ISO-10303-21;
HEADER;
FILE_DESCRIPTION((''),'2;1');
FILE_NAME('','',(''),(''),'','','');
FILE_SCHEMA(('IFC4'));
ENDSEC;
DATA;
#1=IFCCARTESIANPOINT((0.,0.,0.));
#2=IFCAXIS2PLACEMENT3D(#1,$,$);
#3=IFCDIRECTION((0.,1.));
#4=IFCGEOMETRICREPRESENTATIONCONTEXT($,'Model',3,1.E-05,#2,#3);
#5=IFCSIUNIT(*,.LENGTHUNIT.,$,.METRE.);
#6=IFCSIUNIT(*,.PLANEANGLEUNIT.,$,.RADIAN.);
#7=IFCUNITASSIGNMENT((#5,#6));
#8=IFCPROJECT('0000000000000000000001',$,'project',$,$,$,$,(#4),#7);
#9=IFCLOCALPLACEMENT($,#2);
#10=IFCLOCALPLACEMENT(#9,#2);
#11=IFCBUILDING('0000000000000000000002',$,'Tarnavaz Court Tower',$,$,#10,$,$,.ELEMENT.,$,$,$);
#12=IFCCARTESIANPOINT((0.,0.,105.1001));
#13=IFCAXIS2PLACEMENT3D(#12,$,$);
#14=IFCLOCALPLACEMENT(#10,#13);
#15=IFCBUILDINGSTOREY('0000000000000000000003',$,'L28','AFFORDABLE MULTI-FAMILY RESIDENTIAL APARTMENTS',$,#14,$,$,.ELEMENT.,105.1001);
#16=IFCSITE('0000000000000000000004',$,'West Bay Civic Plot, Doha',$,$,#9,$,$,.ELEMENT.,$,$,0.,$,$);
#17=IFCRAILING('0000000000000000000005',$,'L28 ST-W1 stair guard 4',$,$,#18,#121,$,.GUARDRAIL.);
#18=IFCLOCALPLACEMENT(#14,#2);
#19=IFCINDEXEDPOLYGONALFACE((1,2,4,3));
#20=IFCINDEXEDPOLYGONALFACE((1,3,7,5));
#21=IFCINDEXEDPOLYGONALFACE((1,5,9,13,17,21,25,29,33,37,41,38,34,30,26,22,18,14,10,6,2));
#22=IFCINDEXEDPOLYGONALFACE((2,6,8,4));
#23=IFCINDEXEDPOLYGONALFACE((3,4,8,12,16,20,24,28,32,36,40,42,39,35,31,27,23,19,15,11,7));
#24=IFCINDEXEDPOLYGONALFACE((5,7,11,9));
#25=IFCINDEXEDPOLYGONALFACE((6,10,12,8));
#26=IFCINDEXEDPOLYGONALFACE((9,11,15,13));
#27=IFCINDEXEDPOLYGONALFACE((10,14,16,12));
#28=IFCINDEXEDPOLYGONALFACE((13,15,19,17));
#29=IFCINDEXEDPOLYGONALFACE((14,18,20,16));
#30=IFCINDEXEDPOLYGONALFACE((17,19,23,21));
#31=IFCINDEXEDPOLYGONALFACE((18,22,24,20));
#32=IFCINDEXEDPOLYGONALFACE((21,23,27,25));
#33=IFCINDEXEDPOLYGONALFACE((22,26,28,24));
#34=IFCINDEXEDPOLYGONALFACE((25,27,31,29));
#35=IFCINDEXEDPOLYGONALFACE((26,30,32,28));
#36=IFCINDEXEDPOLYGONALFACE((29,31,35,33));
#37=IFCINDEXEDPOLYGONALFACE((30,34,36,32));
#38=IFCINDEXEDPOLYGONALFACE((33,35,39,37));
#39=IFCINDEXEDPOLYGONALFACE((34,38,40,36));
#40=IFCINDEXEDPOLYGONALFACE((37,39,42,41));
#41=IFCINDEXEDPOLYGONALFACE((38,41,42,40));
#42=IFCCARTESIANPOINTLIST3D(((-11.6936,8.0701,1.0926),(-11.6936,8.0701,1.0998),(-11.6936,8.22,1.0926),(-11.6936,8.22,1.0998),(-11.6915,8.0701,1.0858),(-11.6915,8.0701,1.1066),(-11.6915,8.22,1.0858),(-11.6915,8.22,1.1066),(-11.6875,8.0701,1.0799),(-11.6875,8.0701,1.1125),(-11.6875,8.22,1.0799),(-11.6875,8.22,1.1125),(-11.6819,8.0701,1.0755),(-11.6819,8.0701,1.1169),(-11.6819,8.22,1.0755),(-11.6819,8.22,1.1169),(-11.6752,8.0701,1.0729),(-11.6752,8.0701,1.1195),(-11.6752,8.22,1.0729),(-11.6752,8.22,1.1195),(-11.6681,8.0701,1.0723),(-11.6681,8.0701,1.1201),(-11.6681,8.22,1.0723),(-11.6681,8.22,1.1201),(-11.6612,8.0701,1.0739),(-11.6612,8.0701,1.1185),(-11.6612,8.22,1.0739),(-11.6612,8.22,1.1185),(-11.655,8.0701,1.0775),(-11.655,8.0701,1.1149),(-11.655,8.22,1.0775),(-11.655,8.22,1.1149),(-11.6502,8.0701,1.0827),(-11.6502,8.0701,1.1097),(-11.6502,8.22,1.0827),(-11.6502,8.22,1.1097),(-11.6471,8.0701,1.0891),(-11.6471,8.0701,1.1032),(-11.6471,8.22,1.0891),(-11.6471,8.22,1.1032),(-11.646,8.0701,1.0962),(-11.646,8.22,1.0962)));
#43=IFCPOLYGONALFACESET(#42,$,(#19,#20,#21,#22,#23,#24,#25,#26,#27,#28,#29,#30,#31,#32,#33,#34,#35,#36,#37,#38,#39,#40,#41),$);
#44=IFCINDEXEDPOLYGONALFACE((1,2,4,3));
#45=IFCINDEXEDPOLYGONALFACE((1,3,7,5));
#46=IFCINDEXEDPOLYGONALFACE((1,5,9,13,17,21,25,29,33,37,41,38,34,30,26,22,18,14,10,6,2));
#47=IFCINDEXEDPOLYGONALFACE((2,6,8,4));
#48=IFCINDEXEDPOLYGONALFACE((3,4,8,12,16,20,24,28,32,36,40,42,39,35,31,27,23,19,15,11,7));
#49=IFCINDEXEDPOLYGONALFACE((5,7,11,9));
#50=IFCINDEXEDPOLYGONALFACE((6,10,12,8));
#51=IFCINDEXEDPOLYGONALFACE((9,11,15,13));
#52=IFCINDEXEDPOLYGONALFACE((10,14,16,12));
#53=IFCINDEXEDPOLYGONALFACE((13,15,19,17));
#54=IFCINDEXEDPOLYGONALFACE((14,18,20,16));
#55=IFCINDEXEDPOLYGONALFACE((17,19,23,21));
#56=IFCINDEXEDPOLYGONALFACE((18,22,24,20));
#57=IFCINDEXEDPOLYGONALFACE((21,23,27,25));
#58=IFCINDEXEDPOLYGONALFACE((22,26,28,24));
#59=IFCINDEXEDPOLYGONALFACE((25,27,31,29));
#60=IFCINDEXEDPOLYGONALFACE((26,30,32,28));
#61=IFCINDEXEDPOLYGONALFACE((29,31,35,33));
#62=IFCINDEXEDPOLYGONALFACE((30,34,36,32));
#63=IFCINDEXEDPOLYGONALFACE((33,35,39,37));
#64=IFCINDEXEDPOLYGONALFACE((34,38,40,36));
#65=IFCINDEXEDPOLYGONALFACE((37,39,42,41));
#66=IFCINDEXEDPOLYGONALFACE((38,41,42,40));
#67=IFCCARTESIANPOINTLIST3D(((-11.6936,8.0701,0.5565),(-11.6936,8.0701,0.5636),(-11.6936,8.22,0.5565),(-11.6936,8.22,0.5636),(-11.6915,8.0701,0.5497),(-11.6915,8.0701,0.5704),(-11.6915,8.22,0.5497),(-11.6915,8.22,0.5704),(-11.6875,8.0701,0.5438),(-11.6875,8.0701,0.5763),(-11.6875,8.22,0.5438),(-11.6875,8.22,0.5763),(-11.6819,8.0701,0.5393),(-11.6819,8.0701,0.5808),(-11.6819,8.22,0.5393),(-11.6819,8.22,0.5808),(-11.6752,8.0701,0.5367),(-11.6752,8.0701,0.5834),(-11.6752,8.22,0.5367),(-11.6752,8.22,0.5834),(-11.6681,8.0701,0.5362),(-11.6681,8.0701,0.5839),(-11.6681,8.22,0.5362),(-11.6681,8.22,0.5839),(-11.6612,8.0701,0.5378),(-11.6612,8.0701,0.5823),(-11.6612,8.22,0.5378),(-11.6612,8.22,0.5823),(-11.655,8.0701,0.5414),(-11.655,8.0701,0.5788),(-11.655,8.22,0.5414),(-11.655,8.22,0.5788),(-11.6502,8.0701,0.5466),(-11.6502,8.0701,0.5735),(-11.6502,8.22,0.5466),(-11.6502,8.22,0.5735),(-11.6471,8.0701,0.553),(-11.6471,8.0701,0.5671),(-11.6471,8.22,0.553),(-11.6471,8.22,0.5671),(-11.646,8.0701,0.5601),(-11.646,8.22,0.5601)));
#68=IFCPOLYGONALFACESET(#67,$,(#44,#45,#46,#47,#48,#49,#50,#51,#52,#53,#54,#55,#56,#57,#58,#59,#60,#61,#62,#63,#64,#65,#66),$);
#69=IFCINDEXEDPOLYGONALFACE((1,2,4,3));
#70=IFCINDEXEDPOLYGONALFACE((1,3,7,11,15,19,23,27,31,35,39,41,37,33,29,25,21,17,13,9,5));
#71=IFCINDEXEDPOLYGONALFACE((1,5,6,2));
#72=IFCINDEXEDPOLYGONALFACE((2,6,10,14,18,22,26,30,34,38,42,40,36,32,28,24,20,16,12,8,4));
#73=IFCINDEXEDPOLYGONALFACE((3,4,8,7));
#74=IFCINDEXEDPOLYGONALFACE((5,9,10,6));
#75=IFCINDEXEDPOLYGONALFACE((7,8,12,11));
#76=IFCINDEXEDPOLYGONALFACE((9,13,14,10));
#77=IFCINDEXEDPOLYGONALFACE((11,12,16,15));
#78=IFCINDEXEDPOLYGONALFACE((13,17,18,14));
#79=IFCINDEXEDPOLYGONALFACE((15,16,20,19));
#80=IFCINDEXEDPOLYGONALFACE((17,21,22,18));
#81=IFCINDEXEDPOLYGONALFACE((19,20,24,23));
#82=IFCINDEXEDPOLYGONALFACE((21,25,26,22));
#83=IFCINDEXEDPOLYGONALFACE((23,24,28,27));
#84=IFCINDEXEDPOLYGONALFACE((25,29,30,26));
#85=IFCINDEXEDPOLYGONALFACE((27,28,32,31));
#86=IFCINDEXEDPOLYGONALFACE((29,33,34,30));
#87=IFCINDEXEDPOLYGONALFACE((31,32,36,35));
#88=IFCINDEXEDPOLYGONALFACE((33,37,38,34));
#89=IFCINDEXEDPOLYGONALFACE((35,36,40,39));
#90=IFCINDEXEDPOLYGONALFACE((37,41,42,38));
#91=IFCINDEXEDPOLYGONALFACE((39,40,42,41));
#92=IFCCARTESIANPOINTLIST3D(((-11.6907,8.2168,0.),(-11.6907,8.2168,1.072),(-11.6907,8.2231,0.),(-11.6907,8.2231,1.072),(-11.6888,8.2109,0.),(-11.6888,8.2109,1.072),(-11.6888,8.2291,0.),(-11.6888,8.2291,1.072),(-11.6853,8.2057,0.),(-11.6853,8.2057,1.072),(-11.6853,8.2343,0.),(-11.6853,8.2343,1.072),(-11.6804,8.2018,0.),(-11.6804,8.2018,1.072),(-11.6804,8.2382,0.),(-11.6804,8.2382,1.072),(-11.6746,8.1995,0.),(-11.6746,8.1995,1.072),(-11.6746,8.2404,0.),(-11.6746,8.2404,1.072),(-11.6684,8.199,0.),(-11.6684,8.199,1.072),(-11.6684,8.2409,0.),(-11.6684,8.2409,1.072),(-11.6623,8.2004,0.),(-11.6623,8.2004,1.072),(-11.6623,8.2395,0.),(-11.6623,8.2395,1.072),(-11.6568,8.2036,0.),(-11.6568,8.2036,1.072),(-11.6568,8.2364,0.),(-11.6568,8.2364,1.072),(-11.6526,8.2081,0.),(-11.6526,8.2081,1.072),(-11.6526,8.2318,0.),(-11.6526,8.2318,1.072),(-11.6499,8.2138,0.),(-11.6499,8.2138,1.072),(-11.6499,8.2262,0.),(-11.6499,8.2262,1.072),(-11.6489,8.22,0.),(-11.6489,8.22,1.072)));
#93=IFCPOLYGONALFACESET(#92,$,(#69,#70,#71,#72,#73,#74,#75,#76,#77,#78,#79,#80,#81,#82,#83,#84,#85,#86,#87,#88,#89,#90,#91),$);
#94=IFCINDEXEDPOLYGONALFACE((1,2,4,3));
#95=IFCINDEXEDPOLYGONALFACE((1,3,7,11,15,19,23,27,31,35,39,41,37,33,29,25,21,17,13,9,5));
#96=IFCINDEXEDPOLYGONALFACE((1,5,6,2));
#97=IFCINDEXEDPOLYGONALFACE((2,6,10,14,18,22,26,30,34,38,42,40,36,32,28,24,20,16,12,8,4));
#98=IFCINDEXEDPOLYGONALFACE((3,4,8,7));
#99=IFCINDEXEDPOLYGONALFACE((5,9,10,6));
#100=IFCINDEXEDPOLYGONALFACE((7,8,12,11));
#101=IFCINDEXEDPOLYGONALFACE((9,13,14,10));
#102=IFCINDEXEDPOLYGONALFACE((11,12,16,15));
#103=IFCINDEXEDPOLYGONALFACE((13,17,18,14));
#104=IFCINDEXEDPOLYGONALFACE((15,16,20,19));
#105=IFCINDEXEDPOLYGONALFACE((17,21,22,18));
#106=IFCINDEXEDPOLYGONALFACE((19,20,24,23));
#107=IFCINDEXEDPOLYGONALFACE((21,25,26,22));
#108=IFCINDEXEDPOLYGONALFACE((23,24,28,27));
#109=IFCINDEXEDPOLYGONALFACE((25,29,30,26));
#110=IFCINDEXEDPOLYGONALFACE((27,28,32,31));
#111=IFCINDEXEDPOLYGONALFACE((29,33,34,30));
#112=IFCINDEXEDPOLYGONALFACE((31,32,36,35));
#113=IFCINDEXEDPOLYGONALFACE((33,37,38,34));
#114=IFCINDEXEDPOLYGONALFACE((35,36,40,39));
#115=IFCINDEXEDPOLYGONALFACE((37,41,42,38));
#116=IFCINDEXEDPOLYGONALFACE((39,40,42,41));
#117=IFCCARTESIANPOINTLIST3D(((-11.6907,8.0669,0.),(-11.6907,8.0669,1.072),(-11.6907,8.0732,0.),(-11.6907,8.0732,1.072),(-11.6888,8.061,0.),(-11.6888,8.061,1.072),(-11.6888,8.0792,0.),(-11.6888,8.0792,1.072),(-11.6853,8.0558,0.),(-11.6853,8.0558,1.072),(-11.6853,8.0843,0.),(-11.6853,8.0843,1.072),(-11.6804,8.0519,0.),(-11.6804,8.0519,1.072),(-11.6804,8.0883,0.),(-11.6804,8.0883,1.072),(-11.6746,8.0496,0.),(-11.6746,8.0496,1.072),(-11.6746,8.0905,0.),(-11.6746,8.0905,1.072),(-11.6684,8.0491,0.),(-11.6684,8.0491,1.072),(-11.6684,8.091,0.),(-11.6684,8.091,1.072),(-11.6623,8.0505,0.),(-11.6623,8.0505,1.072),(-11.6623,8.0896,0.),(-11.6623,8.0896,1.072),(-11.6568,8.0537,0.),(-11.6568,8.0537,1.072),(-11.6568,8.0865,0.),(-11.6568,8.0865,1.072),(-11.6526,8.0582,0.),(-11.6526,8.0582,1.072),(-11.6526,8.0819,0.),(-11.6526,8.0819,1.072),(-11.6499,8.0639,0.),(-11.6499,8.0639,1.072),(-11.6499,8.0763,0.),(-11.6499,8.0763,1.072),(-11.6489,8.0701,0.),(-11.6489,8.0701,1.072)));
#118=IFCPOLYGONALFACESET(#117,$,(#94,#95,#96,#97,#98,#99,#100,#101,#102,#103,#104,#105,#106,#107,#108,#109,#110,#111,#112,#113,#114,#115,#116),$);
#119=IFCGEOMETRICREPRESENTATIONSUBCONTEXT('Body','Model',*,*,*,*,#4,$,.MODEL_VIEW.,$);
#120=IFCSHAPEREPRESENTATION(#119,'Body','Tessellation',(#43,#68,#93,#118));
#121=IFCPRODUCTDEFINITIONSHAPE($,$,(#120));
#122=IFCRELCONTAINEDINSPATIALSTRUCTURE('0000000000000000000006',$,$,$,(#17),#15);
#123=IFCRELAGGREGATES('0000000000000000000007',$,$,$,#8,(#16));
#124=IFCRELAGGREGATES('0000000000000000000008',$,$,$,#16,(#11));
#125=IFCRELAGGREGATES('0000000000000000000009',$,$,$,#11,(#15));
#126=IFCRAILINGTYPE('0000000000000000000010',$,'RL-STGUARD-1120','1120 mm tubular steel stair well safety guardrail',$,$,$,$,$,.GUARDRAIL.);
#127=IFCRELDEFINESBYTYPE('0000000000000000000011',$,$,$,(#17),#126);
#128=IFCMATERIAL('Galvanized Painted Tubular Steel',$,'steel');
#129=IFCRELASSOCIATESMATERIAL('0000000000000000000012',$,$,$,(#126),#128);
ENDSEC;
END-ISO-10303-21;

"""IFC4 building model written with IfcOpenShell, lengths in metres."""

from ifc_helpers import new_model, si_unit, direction, frame, origin, origin_2d, place, context, subcontext, project, spatial, circle, extrude, material, type_object, element, save


model = new_model("IFC4")

# Units and contexts
model_context = context("Model", 3, precision=1e-05, world=origin(), true_north=direction((0.0, 1.0)))
body_context = subcontext(model_context, "Body", "Model", "MODEL_VIEW")
ifc_project = project(units=[si_unit("LENGTHUNIT", "METRE"), si_unit("PLANEANGLEUNIT", "RADIAN")], contexts=[model_context])

# Site, building, storey
site_placement = place(None, origin())
site = spatial("IfcSite", under=ifc_project, at=site_placement, Name="West Bay Civic Plot, Doha", CompositionType="ELEMENT", RefElevation=0.0)
building_placement = place(site_placement, origin())
building = spatial("IfcBuilding", under=site, at=building_placement, Name="Tarnavaz Court Tower", CompositionType="ELEMENT")
storey_placement = place(building_placement, frame((0.0, 0.0, 105.1001)))
storey = spatial("IfcBuildingStorey", under=building, at=storey_placement, Name="L28", Description="AFFORDABLE MULTI-FAMILY RESIDENTIAL APARTMENTS", CompositionType="ELEMENT", Elevation=105.1001)

# Railing
ifc_material_1 = material(Name="Galvanized Painted Tubular Steel", Category="steel")
railing_type_1 = type_object("IfcRailingType", Name="RL-STGUARD-1120", Description="1120 mm tubular steel stair well safety guardrail", PredefinedType="GUARDRAIL", material=ifc_material_1)
railing_1_placement = place(storey_placement, frame((-11.6699, 8.22, 0.0)))
element("IfcRailing", 1, at=railing_1_placement, inside=storey, type_object=railing_type_1, Name="L28 ST-W1 stair guard 4", PredefinedType="GUARDRAIL", context=body_context, shape_type="SweptSolid", body=[
    extrude(circle(Radius=0.0239, at=origin_2d()), frame((0.0, 0.0, 1.0962), z_axis=(0.0, -1.0, 0.0), x_axis=(1.0, 0.0, 0.0)), (0.0, 0.0, 1.0), 0.1499),
    extrude(circle(Radius=0.0239, at=origin_2d()), frame((0.0, 0.0, 0.5601), z_axis=(0.0, -1.0, 0.0), x_axis=(1.0, 0.0, 0.0)), (0.0, 0.0, 1.0), 0.1499),
    extrude(circle(Radius=0.021, at=origin_2d()), origin(), (0.0, 0.0, 1.0), 1.072),
    extrude(circle(Radius=0.021, at=origin_2d()), frame((0.0, -0.1499, 0.0)), (0.0, 0.0, 1.0), 1.072),
])

save(model, "model.ifc")
